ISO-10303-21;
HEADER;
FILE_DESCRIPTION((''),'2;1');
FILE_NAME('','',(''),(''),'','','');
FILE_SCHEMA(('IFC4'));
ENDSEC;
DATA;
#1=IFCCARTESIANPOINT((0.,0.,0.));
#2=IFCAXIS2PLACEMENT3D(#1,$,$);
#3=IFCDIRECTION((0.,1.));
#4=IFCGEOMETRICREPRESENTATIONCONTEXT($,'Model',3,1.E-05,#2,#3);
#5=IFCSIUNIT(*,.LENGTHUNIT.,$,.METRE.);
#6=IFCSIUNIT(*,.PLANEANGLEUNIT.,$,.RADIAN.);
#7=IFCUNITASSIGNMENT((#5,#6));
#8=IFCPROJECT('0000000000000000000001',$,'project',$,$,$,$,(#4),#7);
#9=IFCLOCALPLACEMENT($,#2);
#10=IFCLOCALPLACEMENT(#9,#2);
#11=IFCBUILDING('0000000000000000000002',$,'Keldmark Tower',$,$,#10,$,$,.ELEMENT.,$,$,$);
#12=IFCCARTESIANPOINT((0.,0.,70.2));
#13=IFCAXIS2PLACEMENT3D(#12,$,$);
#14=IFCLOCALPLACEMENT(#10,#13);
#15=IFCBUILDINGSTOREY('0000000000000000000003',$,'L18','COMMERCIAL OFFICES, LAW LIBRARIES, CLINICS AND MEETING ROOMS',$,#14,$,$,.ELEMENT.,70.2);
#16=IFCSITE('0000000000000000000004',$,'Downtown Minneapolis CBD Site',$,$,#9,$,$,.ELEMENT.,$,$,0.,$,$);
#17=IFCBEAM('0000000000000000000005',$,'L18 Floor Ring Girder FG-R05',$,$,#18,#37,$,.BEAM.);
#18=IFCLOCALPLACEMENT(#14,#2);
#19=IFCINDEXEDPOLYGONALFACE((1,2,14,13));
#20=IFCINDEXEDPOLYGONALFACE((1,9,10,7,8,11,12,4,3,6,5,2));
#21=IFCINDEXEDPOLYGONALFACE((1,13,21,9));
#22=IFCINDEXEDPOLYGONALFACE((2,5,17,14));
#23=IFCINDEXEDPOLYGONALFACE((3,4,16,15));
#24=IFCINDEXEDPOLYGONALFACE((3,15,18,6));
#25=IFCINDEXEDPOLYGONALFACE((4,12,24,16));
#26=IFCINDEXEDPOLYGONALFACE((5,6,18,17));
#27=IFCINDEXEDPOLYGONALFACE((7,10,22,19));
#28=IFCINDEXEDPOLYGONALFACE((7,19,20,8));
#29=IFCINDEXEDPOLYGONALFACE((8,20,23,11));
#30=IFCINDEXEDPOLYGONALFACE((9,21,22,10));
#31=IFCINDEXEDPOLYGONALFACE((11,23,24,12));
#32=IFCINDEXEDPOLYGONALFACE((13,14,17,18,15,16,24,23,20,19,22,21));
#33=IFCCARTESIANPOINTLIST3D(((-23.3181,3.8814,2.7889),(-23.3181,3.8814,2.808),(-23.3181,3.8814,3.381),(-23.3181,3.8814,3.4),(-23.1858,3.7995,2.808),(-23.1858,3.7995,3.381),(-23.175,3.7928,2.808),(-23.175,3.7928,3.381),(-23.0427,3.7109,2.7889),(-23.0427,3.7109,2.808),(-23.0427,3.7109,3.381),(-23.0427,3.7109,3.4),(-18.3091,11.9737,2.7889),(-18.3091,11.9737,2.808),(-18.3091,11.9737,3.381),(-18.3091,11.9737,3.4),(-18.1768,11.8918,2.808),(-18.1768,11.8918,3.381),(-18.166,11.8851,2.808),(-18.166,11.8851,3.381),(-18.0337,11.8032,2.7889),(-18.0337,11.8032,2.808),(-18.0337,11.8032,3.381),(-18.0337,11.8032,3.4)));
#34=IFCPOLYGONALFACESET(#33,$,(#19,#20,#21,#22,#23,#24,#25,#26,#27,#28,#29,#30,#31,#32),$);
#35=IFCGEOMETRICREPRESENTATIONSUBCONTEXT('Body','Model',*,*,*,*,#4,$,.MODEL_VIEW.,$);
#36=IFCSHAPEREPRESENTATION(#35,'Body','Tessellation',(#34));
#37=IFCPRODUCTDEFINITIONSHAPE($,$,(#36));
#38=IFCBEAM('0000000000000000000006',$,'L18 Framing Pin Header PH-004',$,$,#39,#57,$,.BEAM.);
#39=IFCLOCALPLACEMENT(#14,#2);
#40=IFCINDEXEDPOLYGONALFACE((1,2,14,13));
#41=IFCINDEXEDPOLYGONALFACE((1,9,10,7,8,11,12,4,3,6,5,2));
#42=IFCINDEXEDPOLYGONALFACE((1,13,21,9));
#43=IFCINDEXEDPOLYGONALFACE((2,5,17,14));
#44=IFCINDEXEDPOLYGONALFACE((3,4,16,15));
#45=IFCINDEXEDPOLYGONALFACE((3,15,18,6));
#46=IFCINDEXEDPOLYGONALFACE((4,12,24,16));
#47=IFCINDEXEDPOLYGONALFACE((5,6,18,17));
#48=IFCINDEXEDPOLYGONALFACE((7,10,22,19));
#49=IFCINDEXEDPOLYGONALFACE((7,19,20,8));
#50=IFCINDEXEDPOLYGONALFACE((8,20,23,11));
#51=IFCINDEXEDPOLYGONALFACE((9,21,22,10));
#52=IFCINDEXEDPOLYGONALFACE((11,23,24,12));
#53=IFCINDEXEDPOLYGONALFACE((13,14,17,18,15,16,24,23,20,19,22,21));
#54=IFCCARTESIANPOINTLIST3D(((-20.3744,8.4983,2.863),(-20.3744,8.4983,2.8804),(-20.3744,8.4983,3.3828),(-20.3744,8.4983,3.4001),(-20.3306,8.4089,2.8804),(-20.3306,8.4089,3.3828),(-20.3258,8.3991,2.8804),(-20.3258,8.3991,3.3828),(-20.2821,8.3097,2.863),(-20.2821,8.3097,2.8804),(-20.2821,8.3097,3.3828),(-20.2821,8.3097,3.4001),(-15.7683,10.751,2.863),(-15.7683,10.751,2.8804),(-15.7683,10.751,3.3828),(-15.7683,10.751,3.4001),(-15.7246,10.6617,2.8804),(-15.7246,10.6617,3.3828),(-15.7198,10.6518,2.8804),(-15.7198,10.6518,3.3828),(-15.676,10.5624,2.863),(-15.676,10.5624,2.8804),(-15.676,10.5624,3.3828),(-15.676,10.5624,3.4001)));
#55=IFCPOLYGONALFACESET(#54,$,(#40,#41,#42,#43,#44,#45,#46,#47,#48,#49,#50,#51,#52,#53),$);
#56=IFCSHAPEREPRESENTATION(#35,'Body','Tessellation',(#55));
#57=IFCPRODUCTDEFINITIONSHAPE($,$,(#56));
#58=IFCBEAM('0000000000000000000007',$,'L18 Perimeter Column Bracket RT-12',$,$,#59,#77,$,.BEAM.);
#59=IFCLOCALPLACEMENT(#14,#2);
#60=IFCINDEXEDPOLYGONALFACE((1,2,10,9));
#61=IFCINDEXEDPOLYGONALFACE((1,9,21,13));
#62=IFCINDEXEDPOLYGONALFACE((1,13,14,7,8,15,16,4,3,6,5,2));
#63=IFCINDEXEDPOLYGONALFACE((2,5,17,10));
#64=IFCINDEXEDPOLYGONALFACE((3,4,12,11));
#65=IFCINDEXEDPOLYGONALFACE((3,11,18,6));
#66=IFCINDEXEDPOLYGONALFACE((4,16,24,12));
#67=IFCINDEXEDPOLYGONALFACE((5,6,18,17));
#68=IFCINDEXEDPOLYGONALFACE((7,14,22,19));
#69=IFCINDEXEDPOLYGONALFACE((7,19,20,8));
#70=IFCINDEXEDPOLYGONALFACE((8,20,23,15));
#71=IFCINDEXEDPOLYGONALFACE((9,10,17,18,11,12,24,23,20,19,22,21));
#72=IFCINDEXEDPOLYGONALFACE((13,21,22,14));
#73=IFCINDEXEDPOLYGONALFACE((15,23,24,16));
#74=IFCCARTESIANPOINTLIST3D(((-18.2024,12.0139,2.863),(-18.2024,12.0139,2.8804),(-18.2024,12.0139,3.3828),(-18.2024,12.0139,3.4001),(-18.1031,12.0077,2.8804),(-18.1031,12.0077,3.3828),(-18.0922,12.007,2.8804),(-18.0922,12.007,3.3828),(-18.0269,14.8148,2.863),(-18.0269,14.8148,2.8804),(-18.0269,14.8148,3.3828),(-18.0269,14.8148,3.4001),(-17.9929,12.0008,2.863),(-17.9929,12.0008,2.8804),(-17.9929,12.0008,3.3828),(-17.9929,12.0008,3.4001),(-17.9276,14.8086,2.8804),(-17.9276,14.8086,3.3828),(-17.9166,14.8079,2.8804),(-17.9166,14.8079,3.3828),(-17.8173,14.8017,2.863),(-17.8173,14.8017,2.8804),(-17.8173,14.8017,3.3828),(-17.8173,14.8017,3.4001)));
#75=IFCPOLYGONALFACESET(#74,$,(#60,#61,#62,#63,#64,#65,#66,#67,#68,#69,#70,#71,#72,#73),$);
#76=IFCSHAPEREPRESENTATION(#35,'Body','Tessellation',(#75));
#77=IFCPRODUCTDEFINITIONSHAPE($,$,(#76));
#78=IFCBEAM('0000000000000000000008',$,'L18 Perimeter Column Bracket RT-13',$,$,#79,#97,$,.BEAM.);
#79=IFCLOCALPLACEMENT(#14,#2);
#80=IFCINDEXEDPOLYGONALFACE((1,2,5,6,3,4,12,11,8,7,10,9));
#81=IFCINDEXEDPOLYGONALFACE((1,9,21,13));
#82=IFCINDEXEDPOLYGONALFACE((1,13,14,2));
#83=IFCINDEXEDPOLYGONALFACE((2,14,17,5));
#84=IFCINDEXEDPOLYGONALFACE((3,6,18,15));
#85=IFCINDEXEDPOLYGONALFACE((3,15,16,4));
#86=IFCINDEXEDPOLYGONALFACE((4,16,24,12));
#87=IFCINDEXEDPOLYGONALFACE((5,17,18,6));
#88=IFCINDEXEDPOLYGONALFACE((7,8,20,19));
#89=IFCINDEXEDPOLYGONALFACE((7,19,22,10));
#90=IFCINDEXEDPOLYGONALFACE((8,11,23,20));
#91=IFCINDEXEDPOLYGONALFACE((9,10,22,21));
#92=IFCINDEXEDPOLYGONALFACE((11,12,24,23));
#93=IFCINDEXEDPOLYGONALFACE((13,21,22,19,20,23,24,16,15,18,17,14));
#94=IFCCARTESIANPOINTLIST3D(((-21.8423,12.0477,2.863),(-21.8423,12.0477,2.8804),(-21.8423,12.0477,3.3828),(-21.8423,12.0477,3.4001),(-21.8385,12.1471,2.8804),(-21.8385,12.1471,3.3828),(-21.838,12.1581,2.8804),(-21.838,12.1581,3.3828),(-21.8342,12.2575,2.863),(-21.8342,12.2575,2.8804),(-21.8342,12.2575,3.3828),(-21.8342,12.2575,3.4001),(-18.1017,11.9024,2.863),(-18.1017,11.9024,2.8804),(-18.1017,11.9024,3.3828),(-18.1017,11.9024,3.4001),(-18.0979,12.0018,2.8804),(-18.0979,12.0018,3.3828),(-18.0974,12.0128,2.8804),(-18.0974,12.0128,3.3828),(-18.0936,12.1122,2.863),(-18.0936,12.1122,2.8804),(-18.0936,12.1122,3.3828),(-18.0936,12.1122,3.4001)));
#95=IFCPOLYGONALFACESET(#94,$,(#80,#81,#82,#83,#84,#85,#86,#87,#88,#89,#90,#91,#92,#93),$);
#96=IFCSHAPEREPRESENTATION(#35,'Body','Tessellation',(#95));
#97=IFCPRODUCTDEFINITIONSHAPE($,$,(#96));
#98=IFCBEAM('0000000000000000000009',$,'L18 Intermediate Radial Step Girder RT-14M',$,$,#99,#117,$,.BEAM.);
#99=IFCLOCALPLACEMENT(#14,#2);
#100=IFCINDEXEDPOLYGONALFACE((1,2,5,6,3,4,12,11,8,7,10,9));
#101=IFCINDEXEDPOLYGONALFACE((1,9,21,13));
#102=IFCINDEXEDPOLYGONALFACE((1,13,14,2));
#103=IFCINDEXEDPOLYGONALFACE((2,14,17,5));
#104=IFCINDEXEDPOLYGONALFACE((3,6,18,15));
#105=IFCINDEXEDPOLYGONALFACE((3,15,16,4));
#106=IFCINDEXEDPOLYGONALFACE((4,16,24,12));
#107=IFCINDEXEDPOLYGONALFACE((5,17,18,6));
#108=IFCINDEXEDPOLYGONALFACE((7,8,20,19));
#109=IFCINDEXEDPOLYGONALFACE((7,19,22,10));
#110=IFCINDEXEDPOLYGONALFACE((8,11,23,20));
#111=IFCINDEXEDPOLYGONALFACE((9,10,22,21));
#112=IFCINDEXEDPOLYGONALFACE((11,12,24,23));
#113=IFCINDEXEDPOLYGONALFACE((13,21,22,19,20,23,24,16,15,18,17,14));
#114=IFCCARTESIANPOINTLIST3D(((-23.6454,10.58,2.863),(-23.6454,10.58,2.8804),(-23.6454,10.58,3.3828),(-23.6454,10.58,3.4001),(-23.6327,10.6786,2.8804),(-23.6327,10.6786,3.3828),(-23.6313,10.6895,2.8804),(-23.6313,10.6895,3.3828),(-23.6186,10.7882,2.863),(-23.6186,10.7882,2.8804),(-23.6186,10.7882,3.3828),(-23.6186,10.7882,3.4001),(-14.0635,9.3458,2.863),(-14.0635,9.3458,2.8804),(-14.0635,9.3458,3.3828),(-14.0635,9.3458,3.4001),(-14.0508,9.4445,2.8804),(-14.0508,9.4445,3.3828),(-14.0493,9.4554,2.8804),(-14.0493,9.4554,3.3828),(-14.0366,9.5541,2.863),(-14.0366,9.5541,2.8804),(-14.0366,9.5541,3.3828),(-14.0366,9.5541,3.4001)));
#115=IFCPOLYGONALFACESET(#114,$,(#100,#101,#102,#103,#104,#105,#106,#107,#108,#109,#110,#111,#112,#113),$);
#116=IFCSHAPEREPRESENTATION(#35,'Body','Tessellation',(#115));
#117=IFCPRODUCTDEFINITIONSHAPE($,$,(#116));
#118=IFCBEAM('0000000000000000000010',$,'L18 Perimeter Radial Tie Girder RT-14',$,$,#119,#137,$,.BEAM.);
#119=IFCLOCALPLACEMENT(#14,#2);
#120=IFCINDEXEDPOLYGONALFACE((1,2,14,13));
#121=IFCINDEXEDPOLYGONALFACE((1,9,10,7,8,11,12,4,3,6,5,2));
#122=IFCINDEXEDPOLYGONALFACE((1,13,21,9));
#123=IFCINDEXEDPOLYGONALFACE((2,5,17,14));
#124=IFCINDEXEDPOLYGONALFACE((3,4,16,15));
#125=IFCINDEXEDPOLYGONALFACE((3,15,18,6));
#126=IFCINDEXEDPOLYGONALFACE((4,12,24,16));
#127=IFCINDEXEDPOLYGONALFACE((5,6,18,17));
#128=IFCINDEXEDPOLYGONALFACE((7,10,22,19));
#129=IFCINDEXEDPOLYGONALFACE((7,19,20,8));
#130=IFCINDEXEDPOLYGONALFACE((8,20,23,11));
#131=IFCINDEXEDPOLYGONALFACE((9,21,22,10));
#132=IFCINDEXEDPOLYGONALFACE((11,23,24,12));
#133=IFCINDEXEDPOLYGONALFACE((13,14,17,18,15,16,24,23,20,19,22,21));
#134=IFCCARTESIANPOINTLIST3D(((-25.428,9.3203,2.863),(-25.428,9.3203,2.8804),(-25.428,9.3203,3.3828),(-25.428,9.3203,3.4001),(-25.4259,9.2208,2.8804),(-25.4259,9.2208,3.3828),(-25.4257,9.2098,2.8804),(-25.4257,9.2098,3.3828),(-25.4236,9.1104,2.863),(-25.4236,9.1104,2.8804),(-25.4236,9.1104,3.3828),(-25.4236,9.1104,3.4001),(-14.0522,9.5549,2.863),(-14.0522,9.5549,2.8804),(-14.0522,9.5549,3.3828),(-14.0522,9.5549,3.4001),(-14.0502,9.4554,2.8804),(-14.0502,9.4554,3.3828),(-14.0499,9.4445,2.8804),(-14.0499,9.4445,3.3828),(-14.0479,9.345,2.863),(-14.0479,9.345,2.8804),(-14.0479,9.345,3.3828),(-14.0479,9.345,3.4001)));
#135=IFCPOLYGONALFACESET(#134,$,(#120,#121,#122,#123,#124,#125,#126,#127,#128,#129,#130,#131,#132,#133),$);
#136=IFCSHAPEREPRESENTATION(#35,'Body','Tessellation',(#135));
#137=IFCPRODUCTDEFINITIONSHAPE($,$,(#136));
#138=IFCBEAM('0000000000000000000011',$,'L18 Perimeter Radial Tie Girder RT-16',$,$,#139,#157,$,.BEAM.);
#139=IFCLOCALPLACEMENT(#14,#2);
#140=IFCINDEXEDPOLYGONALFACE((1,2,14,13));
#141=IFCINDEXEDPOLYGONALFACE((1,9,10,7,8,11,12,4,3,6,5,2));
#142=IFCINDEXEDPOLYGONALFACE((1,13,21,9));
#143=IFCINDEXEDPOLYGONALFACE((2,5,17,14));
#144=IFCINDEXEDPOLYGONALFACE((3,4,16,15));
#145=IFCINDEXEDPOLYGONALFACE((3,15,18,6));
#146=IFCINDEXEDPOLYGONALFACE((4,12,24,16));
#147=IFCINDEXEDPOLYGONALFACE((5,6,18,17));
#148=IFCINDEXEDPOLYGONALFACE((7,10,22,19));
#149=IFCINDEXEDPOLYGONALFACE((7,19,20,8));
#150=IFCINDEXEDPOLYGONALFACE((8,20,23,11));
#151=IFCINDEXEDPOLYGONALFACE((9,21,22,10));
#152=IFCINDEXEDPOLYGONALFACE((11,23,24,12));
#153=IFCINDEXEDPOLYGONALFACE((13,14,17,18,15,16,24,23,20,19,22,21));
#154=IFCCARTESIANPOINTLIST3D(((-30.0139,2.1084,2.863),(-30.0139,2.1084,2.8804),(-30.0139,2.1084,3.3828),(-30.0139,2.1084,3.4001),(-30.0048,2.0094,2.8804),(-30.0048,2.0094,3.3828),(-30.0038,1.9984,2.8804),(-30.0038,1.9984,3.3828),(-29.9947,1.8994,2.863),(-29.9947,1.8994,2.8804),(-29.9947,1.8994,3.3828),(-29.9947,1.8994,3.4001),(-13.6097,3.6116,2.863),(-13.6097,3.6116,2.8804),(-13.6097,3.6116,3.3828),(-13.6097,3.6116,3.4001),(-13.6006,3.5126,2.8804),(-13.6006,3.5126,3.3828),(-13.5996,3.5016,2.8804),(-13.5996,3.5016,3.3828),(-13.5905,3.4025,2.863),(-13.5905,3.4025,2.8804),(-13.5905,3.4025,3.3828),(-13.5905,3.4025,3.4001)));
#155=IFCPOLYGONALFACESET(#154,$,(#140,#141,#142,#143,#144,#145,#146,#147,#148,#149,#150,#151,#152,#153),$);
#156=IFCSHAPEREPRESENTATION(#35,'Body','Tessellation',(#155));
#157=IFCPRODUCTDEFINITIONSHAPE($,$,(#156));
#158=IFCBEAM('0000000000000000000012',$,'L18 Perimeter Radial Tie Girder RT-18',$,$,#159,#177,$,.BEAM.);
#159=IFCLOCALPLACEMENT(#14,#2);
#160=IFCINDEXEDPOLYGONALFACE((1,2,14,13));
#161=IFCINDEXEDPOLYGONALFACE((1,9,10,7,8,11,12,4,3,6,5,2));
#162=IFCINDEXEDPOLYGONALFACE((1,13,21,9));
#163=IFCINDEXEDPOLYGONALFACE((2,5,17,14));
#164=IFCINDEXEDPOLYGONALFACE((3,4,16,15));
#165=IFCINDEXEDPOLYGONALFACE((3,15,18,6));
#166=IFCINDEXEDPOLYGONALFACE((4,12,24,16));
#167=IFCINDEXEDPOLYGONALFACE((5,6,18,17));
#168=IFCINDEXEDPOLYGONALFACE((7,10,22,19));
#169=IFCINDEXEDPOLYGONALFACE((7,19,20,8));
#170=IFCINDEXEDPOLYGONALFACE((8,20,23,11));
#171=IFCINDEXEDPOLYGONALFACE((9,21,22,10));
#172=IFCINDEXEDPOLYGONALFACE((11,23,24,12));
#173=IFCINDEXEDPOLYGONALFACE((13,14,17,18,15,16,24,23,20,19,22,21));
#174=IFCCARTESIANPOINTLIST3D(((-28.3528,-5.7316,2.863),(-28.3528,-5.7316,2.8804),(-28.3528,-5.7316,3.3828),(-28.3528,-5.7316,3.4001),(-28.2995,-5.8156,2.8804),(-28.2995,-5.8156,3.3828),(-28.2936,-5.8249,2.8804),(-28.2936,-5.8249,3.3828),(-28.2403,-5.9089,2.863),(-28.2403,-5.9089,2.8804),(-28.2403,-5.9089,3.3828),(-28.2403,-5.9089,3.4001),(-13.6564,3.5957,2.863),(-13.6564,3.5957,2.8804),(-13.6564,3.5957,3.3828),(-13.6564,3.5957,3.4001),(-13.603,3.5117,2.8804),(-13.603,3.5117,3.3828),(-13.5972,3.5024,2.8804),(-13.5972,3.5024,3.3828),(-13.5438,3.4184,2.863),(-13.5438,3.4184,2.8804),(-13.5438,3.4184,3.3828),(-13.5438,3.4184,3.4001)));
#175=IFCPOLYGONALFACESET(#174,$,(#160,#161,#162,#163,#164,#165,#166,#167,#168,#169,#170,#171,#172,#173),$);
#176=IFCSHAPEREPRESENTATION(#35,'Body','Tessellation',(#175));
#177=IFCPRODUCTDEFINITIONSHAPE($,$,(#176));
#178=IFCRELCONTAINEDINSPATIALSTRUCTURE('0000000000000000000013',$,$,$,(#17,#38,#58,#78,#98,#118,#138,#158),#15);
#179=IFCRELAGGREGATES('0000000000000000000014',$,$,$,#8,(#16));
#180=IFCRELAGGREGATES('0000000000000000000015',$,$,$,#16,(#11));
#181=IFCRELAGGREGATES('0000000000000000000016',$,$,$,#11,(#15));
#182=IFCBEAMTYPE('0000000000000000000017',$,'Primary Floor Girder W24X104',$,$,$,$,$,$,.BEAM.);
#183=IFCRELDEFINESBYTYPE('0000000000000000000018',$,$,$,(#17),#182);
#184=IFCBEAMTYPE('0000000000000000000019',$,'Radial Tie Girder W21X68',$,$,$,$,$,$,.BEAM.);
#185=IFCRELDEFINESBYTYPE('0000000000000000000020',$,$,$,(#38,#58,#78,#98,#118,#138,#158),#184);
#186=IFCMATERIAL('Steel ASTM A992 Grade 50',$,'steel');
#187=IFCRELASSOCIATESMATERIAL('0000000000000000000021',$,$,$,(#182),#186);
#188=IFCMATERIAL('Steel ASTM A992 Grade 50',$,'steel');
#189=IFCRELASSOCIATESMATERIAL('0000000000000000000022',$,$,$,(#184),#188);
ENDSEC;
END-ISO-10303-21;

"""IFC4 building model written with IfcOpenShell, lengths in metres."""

from ifc_helpers import new_model, si_unit, direction, frame, origin, origin_2d, place, context, subcontext, project, spatial, i_section, extrude, material, material_profile, profile_set, type_object, element, save


model = new_model("IFC4")

# Units and contexts
model_context = context("Model", 3, precision=1e-05, world=origin(), true_north=direction((0.0, 1.0)))
body_context = subcontext(model_context, "Body", "Model", "MODEL_VIEW")
ifc_project = project(units=[si_unit("LENGTHUNIT", "METRE"), si_unit("PLANEANGLEUNIT", "RADIAN")], contexts=[model_context])

# Site, building, storey
site_placement = place(None, origin())
site = spatial("IfcSite", under=ifc_project, at=site_placement, Name="Downtown Minneapolis CBD Site", CompositionType="ELEMENT", RefElevation=0.0)
building_placement = place(site_placement, origin())
building = spatial("IfcBuilding", under=site, at=building_placement, Name="Keldmark Tower", CompositionType="ELEMENT")
storey_placement = place(building_placement, frame((0.0, 0.0, 70.2)))
storey = spatial("IfcBuildingStorey", under=building, at=storey_placement, Name="L18", Description="COMMERCIAL OFFICES, LAW LIBRARIES, CLINICS AND MEETING ROOMS", CompositionType="ELEMENT", Elevation=70.2)

# Beams
ifc_material_1 = material(Name="Steel ASTM A992 Grade 50", Category="steel")
ifc_material_profile_1 = material_profile(ifc_material_1, i_section(OverallWidth=0.324, OverallDepth=0.6111, WebThickness=0.0127, FlangeThickness=0.019, at=origin_2d()), Name="W24X104")
ifc_profile_set_1 = profile_set([ifc_material_profile_1], Name="Steel ASTM A992 Grade 50")
beam_type_1 = type_object("IfcBeamType", Name="Primary Floor Girder W24X104", PredefinedType="BEAM", material=ifc_profile_set_1)
beam_1_placement = place(storey_placement, frame((-18.1714, 11.8884, 3.0945), z_axis=(-0.526318, -0.850288, 0.0), x_axis=(0.850288, -0.526318, 0.0)))
element("IfcBeam", 1, at=beam_1_placement, inside=storey, type_object=beam_type_1, Name="L18 Floor Ring Girder FG-R05", PredefinedType="BEAM", context=body_context, shape_type="SweptSolid", body=[
    extrude(i_section(OverallWidth=0.324, OverallDepth=0.6111, WebThickness=0.0127, FlangeThickness=0.019, at=origin_2d()), origin(), (0.0, 0.0, 1.0), 9.5171),
])
ifc_material_2 = material(Name="Steel ASTM A992 Grade 50", Category="steel")
ifc_material_profile_2 = material_profile(ifc_material_2, i_section(OverallWidth=0.21, OverallDepth=0.5371, WebThickness=0.011, FlangeThickness=0.0173, at=origin_2d()), Name="W21X68")
ifc_profile_set_2 = profile_set([ifc_material_profile_2], Name="Steel ASTM A992 Grade 50")
beam_type_2 = type_object("IfcBeamType", Name="Radial Tie Girder W21X68", PredefinedType="BEAM", material=ifc_profile_set_2)
beam_2_placement = place(storey_placement, frame((-15.7222, 10.6567, 3.1316), z_axis=(-0.898316, -0.439349, 0.0), x_axis=(0.439349, -0.898316, 0.0)))
element("IfcBeam", 2, at=beam_2_placement, inside=storey, type_object=beam_type_2, Name="L18 Framing Pin Header PH-004", PredefinedType="BEAM", context=body_context, shape_type="SweptSolid", body=[
    extrude(i_section(OverallWidth=0.21, OverallDepth=0.5371, WebThickness=0.011, FlangeThickness=0.0173, at=origin_2d()), origin(), (0.0, 0.0, 1.0), 5.1274),
])
beam_3_placement = place(storey_placement, frame((-18.0977, 12.0073, 3.1316), z_axis=(0.062552, 0.998042, 0.0), x_axis=(-0.998042, 0.062552, 0.0)))
element("IfcBeam", 3, at=beam_3_placement, inside=storey, type_object=beam_type_2, Name="L18 Perimeter Column Bracket RT-12", PredefinedType="BEAM", context=body_context, shape_type="SweptSolid", body=[
    extrude(i_section(OverallWidth=0.21, OverallDepth=0.5371, WebThickness=0.011, FlangeThickness=0.0173, at=origin_2d()), origin(), (0.0, 0.0, 1.0), 2.8064),
])
beam_4_placement = place(storey_placement, frame((-18.0977, 12.0073, 3.1316), z_axis=(-0.999247, 0.038806, 0.0), x_axis=(-0.038806, -0.999247, 0.0)))
element("IfcBeam", 4, at=beam_4_placement, inside=storey, type_object=beam_type_2, Name="L18 Perimeter Column Bracket RT-13", PredefinedType="BEAM", context=body_context, shape_type="SweptSolid", body=[
    extrude(i_section(OverallWidth=0.21, OverallDepth=0.5371, WebThickness=0.011, FlangeThickness=0.0173, at=origin_2d()), origin(), (0.0, 0.0, 1.0), 3.7434),
])
beam_5_placement = place(storey_placement, frame((-14.05, 9.45, 3.1316), z_axis=(-0.991808, 0.127741, 0.0), x_axis=(-0.127741, -0.991808, 0.0)))
element("IfcBeam", 5, at=beam_5_placement, inside=storey, type_object=beam_type_2, Name="L18 Intermediate Radial Step Girder RT-14M", PredefinedType="BEAM", context=body_context, shape_type="SweptSolid", body=[
    extrude(i_section(OverallWidth=0.21, OverallDepth=0.5371, WebThickness=0.011, FlangeThickness=0.0173, at=origin_2d()), origin(), (0.0, 0.0, 1.0), 9.6611),
])
beam_6_placement = place(storey_placement, frame((-14.05, 9.45, 3.1316), z_axis=(-0.999787, -0.02062, 0.0), x_axis=(0.02062, -0.999787, 0.0)))
element("IfcBeam", 6, at=beam_6_placement, inside=storey, type_object=beam_type_2, Name="L18 Perimeter Radial Tie Girder RT-14", PredefinedType="BEAM", context=body_context, shape_type="SweptSolid", body=[
    extrude(i_section(OverallWidth=0.21, OverallDepth=0.5371, WebThickness=0.011, FlangeThickness=0.0173, at=origin_2d()), origin(), (0.0, 0.0, 1.0), 11.3782),
])
beam_7_placement = place(storey_placement, frame((-13.6001, 3.5071, 3.1316), z_axis=(-0.995828, -0.091252, 0.0), x_axis=(0.091252, -0.995828, 0.0)))
element("IfcBeam", 7, at=beam_7_placement, inside=storey, type_object=beam_type_2, Name="L18 Perimeter Radial Tie Girder RT-16", PredefinedType="BEAM", context=body_context, shape_type="SweptSolid", body=[
    extrude(i_section(OverallWidth=0.21, OverallDepth=0.5371, WebThickness=0.011, FlangeThickness=0.0173, at=origin_2d()), origin(), (0.0, 0.0, 1.0), 16.4729),
])
beam_8_placement = place(storey_placement, frame((-13.6001, 3.5071, 3.1316), z_axis=(-0.84431, -0.535855, 0.0), x_axis=(0.535855, -0.84431, 0.0)))
element("IfcBeam", 8, at=beam_8_placement, inside=storey, type_object=beam_type_2, Name="L18 Perimeter Radial Tie Girder RT-18", PredefinedType="BEAM", context=body_context, shape_type="SweptSolid", body=[
    extrude(i_section(OverallWidth=0.21, OverallDepth=0.5371, WebThickness=0.011, FlangeThickness=0.0173, at=origin_2d()), origin(), (0.0, 0.0, 1.0), 17.4065),
])

save(model, "model.ifc")
